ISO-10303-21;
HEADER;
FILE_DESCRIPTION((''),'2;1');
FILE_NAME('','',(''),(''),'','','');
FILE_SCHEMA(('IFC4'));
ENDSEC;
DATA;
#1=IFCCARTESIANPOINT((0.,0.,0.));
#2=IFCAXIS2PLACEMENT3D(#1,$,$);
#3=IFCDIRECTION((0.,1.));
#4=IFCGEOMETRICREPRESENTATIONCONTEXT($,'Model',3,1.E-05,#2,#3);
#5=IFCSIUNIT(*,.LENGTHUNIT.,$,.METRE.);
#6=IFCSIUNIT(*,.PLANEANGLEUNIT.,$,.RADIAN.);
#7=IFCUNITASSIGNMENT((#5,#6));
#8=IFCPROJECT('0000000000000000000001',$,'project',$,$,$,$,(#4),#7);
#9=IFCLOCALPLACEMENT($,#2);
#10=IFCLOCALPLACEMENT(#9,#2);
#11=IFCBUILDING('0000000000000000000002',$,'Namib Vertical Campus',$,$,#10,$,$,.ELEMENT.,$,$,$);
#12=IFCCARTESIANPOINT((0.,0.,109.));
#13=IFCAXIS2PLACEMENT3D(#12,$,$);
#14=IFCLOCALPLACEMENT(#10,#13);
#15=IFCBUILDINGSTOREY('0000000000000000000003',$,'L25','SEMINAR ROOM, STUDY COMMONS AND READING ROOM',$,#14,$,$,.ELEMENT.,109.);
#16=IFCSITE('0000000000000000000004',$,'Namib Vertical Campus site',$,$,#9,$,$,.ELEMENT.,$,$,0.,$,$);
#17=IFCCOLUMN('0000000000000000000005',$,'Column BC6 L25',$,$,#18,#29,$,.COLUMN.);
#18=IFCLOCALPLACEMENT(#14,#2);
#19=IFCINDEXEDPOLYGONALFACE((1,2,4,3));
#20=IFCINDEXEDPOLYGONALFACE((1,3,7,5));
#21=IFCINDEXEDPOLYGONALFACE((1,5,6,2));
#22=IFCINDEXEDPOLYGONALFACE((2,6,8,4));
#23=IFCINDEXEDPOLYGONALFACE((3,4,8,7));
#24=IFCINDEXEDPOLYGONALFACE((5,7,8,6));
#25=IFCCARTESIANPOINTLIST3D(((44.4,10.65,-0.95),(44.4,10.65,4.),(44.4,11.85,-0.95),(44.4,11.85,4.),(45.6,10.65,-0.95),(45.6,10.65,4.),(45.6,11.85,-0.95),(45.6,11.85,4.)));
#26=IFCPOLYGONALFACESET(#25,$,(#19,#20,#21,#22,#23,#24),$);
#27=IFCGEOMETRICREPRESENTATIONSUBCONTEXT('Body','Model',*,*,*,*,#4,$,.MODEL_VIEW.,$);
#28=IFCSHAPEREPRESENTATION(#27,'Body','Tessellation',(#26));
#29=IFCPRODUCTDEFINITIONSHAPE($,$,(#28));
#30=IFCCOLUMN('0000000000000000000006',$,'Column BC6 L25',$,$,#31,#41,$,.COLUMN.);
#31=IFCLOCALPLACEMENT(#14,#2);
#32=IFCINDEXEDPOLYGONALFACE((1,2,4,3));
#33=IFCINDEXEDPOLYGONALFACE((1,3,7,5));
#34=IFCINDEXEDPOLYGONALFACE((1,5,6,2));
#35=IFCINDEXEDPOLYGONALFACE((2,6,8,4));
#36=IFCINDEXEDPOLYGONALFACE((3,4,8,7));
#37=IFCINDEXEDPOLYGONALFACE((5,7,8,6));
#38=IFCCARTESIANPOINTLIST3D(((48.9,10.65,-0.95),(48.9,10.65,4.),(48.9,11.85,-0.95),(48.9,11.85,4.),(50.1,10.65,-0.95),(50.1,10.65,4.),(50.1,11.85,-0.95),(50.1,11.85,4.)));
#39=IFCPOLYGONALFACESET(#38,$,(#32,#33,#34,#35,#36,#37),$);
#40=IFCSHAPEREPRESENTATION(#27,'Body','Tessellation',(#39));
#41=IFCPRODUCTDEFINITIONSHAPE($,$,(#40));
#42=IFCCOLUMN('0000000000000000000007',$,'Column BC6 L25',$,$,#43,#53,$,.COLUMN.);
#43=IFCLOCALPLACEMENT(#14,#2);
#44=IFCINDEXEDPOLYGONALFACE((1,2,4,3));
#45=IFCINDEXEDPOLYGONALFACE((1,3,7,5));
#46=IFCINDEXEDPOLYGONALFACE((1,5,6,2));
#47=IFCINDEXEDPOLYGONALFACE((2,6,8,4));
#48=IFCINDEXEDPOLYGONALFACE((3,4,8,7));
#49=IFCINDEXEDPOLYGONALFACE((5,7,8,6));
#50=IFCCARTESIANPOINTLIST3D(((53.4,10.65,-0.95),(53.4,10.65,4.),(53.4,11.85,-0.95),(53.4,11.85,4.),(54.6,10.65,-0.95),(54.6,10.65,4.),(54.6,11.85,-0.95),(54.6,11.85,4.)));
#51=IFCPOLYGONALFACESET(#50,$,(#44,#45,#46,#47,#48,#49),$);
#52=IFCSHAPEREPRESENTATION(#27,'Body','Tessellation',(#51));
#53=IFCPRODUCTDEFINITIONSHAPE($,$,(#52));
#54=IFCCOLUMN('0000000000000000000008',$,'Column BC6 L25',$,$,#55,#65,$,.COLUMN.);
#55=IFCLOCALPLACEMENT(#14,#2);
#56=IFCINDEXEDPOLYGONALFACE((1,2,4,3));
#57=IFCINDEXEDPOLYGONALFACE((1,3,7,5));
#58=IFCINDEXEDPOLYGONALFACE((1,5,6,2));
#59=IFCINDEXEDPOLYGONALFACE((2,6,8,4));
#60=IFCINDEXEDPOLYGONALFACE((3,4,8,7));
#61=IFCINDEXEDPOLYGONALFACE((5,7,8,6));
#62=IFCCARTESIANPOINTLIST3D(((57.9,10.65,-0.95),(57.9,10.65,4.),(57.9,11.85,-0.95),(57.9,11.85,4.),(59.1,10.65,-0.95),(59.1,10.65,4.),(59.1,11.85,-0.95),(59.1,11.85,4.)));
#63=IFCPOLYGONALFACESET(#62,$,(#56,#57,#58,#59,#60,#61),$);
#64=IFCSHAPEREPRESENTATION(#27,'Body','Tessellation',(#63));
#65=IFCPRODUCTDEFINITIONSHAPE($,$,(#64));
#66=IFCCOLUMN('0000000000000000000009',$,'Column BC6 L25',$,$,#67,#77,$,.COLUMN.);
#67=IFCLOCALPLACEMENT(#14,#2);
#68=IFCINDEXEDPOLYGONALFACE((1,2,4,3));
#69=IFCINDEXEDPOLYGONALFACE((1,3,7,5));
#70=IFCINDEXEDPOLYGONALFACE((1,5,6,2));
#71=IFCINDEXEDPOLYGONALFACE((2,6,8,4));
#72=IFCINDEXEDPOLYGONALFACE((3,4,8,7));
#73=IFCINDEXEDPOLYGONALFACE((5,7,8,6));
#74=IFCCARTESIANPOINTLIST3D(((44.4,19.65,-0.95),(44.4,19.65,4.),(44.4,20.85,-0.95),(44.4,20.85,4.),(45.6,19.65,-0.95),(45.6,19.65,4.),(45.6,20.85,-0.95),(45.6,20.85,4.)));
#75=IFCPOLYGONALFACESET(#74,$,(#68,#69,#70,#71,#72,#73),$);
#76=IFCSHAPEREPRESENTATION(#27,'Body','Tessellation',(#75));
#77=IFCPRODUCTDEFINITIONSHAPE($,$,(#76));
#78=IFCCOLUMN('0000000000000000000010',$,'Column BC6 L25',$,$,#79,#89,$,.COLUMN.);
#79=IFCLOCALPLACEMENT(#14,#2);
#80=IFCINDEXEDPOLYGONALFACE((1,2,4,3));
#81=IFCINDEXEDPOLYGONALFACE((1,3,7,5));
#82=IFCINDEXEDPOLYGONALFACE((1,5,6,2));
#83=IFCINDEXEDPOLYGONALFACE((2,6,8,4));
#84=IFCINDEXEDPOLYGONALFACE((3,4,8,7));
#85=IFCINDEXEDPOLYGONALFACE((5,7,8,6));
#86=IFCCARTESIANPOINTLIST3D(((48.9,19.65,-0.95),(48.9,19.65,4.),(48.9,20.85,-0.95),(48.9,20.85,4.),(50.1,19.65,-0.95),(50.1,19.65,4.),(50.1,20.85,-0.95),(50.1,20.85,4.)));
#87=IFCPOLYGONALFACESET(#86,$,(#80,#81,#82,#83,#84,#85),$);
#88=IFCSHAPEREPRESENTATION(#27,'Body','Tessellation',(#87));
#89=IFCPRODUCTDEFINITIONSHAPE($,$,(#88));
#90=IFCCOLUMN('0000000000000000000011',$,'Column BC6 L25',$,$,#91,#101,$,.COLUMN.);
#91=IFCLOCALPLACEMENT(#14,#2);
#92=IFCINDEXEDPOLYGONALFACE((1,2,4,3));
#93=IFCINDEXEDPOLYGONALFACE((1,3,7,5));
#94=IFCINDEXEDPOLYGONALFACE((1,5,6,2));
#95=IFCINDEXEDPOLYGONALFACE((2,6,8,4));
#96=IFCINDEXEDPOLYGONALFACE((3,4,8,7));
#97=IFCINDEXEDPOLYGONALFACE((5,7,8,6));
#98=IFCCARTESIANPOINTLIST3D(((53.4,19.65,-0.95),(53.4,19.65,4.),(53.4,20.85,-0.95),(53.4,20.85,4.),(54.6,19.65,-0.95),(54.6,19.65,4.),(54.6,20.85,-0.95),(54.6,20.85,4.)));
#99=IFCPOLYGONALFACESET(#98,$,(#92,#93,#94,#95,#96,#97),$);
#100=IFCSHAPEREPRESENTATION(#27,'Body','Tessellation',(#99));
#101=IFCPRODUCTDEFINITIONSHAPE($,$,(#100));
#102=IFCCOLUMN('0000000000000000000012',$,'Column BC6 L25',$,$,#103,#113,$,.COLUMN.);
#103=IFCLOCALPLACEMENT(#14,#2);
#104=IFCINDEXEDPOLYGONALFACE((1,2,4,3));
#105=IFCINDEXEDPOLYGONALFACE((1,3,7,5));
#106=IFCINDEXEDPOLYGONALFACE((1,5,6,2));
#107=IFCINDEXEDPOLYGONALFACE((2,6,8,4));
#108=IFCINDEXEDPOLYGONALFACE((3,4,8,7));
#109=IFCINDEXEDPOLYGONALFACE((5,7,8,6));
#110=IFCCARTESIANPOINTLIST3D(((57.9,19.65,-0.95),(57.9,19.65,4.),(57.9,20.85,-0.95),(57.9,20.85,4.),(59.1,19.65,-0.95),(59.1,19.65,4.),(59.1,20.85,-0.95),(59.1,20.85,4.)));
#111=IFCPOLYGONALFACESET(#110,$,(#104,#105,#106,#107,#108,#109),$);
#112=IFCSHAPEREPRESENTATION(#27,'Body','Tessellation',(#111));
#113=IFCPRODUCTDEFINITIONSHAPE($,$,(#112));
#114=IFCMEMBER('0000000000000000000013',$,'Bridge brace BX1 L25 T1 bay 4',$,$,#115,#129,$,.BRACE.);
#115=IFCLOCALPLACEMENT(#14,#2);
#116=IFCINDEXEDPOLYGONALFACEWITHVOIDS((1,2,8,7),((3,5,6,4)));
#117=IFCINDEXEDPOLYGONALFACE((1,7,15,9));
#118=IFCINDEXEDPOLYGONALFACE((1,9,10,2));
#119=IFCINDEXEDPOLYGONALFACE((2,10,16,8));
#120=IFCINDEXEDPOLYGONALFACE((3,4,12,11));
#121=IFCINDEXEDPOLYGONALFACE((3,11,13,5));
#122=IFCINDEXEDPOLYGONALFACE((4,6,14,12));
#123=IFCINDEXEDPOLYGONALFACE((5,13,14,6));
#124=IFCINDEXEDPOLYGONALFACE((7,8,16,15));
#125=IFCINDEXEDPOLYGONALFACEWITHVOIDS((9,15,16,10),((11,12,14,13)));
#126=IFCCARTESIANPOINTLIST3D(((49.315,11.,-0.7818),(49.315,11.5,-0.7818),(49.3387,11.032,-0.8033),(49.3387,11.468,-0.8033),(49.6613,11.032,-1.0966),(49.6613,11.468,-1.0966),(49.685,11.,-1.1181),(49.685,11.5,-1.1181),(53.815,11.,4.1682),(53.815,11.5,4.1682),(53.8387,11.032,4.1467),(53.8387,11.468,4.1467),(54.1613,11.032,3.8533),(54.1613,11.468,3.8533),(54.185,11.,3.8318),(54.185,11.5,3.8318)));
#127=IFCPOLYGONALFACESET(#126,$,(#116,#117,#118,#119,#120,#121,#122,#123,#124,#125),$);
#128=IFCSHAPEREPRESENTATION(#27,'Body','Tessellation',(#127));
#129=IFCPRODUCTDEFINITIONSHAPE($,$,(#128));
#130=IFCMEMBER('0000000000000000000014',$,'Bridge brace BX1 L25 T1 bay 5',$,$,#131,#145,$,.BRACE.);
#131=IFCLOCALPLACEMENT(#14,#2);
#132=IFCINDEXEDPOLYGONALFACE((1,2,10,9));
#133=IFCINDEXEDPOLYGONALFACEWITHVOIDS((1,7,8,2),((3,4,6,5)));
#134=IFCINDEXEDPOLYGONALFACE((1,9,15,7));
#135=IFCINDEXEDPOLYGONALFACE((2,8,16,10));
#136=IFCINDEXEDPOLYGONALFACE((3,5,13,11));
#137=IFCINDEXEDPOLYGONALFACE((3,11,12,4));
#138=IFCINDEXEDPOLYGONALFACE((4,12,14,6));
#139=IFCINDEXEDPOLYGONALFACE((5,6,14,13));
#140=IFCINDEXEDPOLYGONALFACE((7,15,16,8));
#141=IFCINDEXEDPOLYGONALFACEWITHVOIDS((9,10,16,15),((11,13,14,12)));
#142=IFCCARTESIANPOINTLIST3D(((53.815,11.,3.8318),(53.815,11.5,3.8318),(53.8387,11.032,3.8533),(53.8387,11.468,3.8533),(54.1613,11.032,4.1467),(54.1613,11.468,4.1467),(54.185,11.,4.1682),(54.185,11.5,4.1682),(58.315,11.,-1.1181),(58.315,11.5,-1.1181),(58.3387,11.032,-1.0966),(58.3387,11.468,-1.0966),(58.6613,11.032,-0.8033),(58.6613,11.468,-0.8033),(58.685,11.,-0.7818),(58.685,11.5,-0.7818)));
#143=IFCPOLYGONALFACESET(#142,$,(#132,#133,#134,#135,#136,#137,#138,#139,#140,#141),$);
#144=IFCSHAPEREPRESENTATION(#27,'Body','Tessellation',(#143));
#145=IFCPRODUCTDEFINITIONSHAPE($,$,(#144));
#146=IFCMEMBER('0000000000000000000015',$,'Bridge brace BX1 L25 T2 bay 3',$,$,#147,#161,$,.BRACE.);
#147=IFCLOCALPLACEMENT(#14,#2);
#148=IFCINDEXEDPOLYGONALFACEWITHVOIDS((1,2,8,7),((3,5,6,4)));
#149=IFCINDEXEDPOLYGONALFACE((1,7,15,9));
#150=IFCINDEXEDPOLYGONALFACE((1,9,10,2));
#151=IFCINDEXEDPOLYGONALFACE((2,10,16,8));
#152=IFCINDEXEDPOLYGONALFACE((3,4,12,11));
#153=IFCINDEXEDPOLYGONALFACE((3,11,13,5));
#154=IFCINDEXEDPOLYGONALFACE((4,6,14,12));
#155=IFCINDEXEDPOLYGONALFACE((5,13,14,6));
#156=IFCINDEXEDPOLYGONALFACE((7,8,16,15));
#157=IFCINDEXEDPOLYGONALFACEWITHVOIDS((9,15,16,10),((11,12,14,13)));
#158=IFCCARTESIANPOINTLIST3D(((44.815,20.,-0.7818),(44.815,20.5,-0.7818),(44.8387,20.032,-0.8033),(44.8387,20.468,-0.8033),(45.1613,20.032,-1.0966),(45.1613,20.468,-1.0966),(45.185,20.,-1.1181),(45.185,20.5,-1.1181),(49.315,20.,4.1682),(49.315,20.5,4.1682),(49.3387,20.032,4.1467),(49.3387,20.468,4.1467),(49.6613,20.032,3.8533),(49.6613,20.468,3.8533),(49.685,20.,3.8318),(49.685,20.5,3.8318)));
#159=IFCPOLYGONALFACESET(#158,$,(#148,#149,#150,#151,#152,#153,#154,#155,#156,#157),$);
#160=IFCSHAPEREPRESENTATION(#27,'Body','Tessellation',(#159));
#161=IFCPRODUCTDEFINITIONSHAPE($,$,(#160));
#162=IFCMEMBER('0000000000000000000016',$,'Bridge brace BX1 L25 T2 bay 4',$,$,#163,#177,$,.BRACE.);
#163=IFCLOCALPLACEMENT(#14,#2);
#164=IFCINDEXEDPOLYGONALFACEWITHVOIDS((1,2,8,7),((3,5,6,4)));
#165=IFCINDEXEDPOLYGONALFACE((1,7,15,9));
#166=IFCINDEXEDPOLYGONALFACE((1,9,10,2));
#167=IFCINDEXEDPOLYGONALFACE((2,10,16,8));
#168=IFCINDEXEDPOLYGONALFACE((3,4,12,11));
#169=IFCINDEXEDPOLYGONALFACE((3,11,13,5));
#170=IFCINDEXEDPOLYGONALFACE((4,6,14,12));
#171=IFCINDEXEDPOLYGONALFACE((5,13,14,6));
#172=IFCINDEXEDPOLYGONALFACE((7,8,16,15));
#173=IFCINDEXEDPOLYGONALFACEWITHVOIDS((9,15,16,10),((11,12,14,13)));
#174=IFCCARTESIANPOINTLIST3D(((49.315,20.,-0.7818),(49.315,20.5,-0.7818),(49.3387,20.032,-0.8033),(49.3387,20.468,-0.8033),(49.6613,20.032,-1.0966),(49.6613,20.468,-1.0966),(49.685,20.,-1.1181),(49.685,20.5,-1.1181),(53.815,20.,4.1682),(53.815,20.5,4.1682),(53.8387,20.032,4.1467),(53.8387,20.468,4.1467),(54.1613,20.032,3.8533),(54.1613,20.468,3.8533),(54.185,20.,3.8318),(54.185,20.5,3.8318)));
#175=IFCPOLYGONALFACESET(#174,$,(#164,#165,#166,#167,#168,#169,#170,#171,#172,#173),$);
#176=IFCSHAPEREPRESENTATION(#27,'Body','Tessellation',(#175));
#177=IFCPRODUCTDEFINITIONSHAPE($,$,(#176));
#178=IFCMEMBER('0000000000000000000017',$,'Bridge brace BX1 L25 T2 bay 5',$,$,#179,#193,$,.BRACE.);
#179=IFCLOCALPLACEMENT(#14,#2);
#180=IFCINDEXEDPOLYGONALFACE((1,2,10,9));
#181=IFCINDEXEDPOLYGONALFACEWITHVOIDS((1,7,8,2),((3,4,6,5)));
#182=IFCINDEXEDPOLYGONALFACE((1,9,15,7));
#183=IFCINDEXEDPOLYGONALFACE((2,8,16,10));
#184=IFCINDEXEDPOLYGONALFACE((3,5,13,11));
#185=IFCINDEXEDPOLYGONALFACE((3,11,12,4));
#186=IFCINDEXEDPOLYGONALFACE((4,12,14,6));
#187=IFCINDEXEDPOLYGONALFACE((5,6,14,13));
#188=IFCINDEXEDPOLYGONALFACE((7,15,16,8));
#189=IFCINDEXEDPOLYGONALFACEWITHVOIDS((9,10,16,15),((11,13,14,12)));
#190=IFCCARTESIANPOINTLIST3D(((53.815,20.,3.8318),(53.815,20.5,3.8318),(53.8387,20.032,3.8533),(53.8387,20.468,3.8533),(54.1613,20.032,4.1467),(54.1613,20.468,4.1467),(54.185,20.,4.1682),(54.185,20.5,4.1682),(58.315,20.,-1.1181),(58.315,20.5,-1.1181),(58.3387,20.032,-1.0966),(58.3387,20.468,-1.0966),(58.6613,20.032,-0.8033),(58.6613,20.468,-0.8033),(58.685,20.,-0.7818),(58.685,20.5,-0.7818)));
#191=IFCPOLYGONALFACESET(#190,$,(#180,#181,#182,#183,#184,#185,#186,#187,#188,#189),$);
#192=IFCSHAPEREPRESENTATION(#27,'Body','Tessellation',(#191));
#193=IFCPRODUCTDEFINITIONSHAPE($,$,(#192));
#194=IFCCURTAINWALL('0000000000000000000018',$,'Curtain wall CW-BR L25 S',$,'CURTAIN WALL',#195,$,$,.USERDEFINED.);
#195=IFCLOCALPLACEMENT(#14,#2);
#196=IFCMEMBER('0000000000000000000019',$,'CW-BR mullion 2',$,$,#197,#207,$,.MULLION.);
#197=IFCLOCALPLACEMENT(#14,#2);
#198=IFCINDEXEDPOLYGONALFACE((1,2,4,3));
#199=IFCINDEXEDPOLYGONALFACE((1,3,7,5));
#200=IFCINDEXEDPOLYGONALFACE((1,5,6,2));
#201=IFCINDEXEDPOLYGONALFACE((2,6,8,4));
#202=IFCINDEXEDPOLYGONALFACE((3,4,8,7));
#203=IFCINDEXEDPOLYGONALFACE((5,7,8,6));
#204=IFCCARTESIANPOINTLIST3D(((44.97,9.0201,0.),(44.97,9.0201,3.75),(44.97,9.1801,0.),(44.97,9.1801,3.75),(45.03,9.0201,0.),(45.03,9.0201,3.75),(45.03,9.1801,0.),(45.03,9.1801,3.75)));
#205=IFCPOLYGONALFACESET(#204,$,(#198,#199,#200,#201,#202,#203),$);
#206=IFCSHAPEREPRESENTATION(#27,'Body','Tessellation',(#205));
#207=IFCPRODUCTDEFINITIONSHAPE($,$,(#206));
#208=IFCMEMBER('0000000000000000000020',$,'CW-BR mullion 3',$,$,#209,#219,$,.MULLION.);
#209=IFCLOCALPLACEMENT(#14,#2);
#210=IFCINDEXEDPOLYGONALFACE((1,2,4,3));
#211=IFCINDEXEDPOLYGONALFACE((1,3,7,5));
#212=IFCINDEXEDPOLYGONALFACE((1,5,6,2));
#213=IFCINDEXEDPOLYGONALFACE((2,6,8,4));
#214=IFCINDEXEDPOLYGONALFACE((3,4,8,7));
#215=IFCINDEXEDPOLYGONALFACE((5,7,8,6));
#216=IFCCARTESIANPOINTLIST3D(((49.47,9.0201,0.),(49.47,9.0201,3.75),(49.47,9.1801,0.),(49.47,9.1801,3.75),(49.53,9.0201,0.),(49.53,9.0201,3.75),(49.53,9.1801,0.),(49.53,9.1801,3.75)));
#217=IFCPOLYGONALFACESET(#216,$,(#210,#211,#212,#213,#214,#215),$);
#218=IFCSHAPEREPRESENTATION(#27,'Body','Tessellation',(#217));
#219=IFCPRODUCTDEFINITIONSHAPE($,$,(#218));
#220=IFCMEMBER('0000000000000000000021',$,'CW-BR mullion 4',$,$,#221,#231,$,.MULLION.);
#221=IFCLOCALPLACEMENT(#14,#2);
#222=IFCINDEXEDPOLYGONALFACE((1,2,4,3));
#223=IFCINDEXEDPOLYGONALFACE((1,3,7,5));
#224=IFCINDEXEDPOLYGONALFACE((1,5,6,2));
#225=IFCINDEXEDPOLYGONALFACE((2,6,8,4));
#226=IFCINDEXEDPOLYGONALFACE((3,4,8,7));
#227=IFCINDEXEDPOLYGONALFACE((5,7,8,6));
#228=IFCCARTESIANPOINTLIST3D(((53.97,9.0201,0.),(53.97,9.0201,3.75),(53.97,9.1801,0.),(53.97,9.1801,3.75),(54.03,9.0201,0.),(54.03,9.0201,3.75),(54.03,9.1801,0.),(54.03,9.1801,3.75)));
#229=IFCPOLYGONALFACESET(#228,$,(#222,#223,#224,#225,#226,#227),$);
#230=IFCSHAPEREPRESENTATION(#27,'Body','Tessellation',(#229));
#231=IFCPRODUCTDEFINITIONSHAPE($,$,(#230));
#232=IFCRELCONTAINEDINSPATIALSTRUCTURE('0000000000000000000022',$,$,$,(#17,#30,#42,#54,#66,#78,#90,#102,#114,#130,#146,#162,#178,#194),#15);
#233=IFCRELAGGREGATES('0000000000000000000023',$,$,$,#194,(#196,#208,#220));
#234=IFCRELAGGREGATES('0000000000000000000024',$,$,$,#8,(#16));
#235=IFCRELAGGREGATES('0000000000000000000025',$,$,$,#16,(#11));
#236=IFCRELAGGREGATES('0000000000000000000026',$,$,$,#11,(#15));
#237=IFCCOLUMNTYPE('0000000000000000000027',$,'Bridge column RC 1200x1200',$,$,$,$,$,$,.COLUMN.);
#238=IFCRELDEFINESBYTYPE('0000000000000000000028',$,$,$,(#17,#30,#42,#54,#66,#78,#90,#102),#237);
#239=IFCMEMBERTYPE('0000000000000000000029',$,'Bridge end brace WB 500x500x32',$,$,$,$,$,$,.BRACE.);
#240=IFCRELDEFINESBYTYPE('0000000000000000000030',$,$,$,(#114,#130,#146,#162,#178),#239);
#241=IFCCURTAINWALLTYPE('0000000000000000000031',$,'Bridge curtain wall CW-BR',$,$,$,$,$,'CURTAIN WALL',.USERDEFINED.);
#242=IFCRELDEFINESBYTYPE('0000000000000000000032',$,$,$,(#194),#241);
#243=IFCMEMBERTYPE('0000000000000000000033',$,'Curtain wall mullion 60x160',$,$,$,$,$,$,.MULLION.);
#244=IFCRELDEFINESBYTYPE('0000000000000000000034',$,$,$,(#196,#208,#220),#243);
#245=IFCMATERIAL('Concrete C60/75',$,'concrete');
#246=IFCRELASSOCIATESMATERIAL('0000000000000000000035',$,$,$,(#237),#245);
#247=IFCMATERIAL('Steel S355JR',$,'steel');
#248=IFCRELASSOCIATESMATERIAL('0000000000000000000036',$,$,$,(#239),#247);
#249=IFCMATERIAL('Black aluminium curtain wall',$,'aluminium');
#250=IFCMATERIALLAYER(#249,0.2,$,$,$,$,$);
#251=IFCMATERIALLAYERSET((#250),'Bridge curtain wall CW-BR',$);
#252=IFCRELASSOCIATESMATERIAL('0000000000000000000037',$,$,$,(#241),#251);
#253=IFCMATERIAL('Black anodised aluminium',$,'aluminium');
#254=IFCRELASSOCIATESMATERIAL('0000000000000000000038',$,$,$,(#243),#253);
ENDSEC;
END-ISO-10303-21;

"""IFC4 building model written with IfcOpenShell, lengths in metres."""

from ifc_helpers import new_model, si_unit, direction, frame, origin, origin_2d, place, context, subcontext, project, spatial, rectangle, hollow_rectangle, extrude, material, layer, layer_set, material_profile, profile_set, type_object, element, aggregate, save


model = new_model("IFC4")

# Units and contexts
model_context = context("Model", 3, precision=1e-05, world=origin(), true_north=direction((0.0, 1.0)))
body_context = subcontext(model_context, "Body", "Model", "MODEL_VIEW")
ifc_project = project(units=[si_unit("LENGTHUNIT", "METRE"), si_unit("PLANEANGLEUNIT", "RADIAN")], contexts=[model_context])

# Site, building, storey
site_placement = place(None, origin())
site = spatial("IfcSite", under=ifc_project, at=site_placement, Name="Namib Vertical Campus site", CompositionType="ELEMENT", RefElevation=0.0)
building_placement = place(site_placement, origin())
building = spatial("IfcBuilding", under=site, at=building_placement, Name="Namib Vertical Campus", CompositionType="ELEMENT")
storey_placement = place(building_placement, frame((0.0, 0.0, 109.0)))
storey = spatial("IfcBuildingStorey", under=building, at=storey_placement, Name="L25", Description="SEMINAR ROOM, STUDY COMMONS AND READING ROOM", CompositionType="ELEMENT", Elevation=109.0)

# Columns
ifc_material_1 = material(Name="Concrete C60/75", Category="concrete")
ifc_material_profile_1 = material_profile(ifc_material_1, rectangle(XDim=1.2, YDim=1.2, at=origin_2d()))
ifc_profile_set_1 = profile_set([ifc_material_profile_1], Name="Concrete C60/75")
column_type = type_object("IfcColumnType", Name="Bridge column RC 1200x1200", PredefinedType="COLUMN", material=ifc_profile_set_1)
for number, where, z_axis, x_axis, name in (
    (1, (45.0, 11.25, -0.95), (0.0, 0.0, 1.0), (1.0, 0.0, 0.0), "Column BC6 L25"),
    (2, (49.5, 11.25, -0.95), (0.0, 0.0, 1.0), (1.0, 0.0, 0.0), "Column BC6 L25"),
    (3, (54.0, 11.25, -0.95), (0.0, 0.0, 1.0), (1.0, 0.0, 0.0), "Column BC6 L25"),
    (4, (58.5, 11.25, -0.95), (0.0, 0.0, 1.0), (1.0, 0.0, 0.0), "Column BC6 L25"),
    (5, (45.0, 20.25, -0.95), (0.0, 0.0, 1.0), (1.0, 0.0, 0.0), "Column BC6 L25"),
    (6, (49.5, 20.25, -0.95), (0.0, 0.0, 1.0), (1.0, 0.0, 0.0), "Column BC6 L25"),
    (7, (54.0, 20.25, -0.95), (0.0, 0.0, 1.0), (1.0, 0.0, 0.0), "Column BC6 L25"),
    (8, (58.5, 20.25, -0.95), (0.0, 0.0, 1.0), (1.0, 0.0, 0.0), "Column BC6 L25"),
):
    element("IfcColumn", number, at=place(storey_placement, frame(where, z_axis=z_axis, x_axis=x_axis)), inside=storey, type_object=column_type, Name=name, PredefinedType="COLUMN", context=body_context, shape_type="SweptSolid", body=[
        extrude(rectangle(XDim=1.2, YDim=1.2, at=origin_2d()), origin(), (0.0, 0.0, 1.0), 4.95),
    ])

# Members
ifc_material_2 = material(Name="Steel S355JR", Category="steel")
ifc_material_profile_2 = material_profile(ifc_material_2, hollow_rectangle(XDim=0.5, YDim=0.5, WallThickness=0.032, at=origin_2d()))
ifc_profile_set_2 = profile_set([ifc_material_profile_2], Name="Steel S355JR")
member_type_1 = type_object("IfcMemberType", Name="Bridge end brace WB 500x500x32", PredefinedType="BRACE", material=ifc_profile_set_2)
for number, where, z_axis, x_axis, name in (
    (9, (49.5, 11.25, -0.95), (0.672676, 0.0, 0.739937), (0.0, 1.0, 0.0), "Bridge brace BX1 L25 T1 bay 4"),
    (10, (58.5, 11.25, -0.95), (-0.672676, 0.0, 0.739937), (0.0, -1.0, 0.0), "Bridge brace BX1 L25 T1 bay 5"),
    (11, (45.0, 20.25, -0.95), (0.672676, 0.0, 0.739937), (0.0, 1.0, 0.0), "Bridge brace BX1 L25 T2 bay 3"),
    (12, (49.5, 20.25, -0.95), (0.672676, 0.0, 0.739937), (0.0, 1.0, 0.0), "Bridge brace BX1 L25 T2 bay 4"),
    (13, (58.5, 20.25, -0.95), (-0.672676, 0.0, 0.739937), (0.0, -1.0, 0.0), "Bridge brace BX1 L25 T2 bay 5"),
):
    element("IfcMember", number, at=place(storey_placement, frame(where, z_axis=z_axis, x_axis=x_axis)), inside=storey, type_object=member_type_1, Name=name, PredefinedType="BRACE", context=body_context, shape_type="SweptSolid", body=[
        extrude(hollow_rectangle(XDim=0.5, YDim=0.5, WallThickness=0.032, at=origin_2d()), origin(), (0.0, 0.0, 1.0), 6.6897),
    ])

# Curtain wall, members
ifc_material_3 = material(Name="Black aluminium curtain wall", Category="aluminium")
ifc_layer_1 = layer(ifc_material_3, 0.2)
ifc_layer_set_1 = layer_set([ifc_layer_1], Name="Bridge curtain wall CW-BR")
curtain_wall_type = type_object("IfcCurtainWallType", Name="Bridge curtain wall CW-BR", ElementType="CURTAIN WALL", PredefinedType="USERDEFINED", material=ifc_layer_set_1)
curtain_wall_placement = place(storey_placement, origin())
curtain_wall = element("IfcCurtainWall", 14, at=curtain_wall_placement, inside=storey, type_object=curtain_wall_type, Name="Curtain wall CW-BR L25 S", ObjectType="CURTAIN WALL", PredefinedType="USERDEFINED")
ifc_material_4 = material(Name="Black anodised aluminium", Category="aluminium")
ifc_material_profile_3 = material_profile(ifc_material_4, rectangle(XDim=0.0601, YDim=0.1599, at=origin_2d()))
ifc_profile_set_3 = profile_set([ifc_material_profile_3], Name="Black anodised aluminium")
member_type_2 = type_object("IfcMemberType", Name="Curtain wall mullion 60x160", PredefinedType="MULLION", material=ifc_profile_set_3)
member_1_placement = place(storey_placement, frame((45.0, 9.1001, 0.0), z_axis=(0.0, 0.0, 1.0), x_axis=(1.0, 0.0, 0.0)))
member_1 = element("IfcMember", 15, at=member_1_placement, type_object=member_type_2, Name="CW-BR mullion 2", PredefinedType="MULLION", context=body_context, shape_type="SweptSolid", body=[
    extrude(rectangle(XDim=0.0601, YDim=0.1599, at=origin_2d()), origin(), (0.0, 0.0, 1.0), 3.75),
])
member_2_placement = place(storey_placement, frame((49.5, 9.1001, 0.0), z_axis=(0.0, 0.0, 1.0), x_axis=(1.0, 0.0, 0.0)))
member_2 = element("IfcMember", 16, at=member_2_placement, type_object=member_type_2, Name="CW-BR mullion 3", PredefinedType="MULLION", context=body_context, shape_type="SweptSolid", body=[
    extrude(rectangle(XDim=0.0601, YDim=0.1599, at=origin_2d()), origin(), (0.0, 0.0, 1.0), 3.75),
])
member_3_placement = place(storey_placement, frame((54.0, 9.1001, 0.0), z_axis=(0.0, 0.0, 1.0), x_axis=(1.0, 0.0, 0.0)))
member_3 = element("IfcMember", 17, at=member_3_placement, type_object=member_type_2, Name="CW-BR mullion 4", PredefinedType="MULLION", context=body_context, shape_type="SweptSolid", body=[
    extrude(rectangle(XDim=0.0601, YDim=0.1599, at=origin_2d()), origin(), (0.0, 0.0, 1.0), 3.75),
])
aggregate(curtain_wall, [member_1, member_2, member_3])

save(model, "model.ifc")
